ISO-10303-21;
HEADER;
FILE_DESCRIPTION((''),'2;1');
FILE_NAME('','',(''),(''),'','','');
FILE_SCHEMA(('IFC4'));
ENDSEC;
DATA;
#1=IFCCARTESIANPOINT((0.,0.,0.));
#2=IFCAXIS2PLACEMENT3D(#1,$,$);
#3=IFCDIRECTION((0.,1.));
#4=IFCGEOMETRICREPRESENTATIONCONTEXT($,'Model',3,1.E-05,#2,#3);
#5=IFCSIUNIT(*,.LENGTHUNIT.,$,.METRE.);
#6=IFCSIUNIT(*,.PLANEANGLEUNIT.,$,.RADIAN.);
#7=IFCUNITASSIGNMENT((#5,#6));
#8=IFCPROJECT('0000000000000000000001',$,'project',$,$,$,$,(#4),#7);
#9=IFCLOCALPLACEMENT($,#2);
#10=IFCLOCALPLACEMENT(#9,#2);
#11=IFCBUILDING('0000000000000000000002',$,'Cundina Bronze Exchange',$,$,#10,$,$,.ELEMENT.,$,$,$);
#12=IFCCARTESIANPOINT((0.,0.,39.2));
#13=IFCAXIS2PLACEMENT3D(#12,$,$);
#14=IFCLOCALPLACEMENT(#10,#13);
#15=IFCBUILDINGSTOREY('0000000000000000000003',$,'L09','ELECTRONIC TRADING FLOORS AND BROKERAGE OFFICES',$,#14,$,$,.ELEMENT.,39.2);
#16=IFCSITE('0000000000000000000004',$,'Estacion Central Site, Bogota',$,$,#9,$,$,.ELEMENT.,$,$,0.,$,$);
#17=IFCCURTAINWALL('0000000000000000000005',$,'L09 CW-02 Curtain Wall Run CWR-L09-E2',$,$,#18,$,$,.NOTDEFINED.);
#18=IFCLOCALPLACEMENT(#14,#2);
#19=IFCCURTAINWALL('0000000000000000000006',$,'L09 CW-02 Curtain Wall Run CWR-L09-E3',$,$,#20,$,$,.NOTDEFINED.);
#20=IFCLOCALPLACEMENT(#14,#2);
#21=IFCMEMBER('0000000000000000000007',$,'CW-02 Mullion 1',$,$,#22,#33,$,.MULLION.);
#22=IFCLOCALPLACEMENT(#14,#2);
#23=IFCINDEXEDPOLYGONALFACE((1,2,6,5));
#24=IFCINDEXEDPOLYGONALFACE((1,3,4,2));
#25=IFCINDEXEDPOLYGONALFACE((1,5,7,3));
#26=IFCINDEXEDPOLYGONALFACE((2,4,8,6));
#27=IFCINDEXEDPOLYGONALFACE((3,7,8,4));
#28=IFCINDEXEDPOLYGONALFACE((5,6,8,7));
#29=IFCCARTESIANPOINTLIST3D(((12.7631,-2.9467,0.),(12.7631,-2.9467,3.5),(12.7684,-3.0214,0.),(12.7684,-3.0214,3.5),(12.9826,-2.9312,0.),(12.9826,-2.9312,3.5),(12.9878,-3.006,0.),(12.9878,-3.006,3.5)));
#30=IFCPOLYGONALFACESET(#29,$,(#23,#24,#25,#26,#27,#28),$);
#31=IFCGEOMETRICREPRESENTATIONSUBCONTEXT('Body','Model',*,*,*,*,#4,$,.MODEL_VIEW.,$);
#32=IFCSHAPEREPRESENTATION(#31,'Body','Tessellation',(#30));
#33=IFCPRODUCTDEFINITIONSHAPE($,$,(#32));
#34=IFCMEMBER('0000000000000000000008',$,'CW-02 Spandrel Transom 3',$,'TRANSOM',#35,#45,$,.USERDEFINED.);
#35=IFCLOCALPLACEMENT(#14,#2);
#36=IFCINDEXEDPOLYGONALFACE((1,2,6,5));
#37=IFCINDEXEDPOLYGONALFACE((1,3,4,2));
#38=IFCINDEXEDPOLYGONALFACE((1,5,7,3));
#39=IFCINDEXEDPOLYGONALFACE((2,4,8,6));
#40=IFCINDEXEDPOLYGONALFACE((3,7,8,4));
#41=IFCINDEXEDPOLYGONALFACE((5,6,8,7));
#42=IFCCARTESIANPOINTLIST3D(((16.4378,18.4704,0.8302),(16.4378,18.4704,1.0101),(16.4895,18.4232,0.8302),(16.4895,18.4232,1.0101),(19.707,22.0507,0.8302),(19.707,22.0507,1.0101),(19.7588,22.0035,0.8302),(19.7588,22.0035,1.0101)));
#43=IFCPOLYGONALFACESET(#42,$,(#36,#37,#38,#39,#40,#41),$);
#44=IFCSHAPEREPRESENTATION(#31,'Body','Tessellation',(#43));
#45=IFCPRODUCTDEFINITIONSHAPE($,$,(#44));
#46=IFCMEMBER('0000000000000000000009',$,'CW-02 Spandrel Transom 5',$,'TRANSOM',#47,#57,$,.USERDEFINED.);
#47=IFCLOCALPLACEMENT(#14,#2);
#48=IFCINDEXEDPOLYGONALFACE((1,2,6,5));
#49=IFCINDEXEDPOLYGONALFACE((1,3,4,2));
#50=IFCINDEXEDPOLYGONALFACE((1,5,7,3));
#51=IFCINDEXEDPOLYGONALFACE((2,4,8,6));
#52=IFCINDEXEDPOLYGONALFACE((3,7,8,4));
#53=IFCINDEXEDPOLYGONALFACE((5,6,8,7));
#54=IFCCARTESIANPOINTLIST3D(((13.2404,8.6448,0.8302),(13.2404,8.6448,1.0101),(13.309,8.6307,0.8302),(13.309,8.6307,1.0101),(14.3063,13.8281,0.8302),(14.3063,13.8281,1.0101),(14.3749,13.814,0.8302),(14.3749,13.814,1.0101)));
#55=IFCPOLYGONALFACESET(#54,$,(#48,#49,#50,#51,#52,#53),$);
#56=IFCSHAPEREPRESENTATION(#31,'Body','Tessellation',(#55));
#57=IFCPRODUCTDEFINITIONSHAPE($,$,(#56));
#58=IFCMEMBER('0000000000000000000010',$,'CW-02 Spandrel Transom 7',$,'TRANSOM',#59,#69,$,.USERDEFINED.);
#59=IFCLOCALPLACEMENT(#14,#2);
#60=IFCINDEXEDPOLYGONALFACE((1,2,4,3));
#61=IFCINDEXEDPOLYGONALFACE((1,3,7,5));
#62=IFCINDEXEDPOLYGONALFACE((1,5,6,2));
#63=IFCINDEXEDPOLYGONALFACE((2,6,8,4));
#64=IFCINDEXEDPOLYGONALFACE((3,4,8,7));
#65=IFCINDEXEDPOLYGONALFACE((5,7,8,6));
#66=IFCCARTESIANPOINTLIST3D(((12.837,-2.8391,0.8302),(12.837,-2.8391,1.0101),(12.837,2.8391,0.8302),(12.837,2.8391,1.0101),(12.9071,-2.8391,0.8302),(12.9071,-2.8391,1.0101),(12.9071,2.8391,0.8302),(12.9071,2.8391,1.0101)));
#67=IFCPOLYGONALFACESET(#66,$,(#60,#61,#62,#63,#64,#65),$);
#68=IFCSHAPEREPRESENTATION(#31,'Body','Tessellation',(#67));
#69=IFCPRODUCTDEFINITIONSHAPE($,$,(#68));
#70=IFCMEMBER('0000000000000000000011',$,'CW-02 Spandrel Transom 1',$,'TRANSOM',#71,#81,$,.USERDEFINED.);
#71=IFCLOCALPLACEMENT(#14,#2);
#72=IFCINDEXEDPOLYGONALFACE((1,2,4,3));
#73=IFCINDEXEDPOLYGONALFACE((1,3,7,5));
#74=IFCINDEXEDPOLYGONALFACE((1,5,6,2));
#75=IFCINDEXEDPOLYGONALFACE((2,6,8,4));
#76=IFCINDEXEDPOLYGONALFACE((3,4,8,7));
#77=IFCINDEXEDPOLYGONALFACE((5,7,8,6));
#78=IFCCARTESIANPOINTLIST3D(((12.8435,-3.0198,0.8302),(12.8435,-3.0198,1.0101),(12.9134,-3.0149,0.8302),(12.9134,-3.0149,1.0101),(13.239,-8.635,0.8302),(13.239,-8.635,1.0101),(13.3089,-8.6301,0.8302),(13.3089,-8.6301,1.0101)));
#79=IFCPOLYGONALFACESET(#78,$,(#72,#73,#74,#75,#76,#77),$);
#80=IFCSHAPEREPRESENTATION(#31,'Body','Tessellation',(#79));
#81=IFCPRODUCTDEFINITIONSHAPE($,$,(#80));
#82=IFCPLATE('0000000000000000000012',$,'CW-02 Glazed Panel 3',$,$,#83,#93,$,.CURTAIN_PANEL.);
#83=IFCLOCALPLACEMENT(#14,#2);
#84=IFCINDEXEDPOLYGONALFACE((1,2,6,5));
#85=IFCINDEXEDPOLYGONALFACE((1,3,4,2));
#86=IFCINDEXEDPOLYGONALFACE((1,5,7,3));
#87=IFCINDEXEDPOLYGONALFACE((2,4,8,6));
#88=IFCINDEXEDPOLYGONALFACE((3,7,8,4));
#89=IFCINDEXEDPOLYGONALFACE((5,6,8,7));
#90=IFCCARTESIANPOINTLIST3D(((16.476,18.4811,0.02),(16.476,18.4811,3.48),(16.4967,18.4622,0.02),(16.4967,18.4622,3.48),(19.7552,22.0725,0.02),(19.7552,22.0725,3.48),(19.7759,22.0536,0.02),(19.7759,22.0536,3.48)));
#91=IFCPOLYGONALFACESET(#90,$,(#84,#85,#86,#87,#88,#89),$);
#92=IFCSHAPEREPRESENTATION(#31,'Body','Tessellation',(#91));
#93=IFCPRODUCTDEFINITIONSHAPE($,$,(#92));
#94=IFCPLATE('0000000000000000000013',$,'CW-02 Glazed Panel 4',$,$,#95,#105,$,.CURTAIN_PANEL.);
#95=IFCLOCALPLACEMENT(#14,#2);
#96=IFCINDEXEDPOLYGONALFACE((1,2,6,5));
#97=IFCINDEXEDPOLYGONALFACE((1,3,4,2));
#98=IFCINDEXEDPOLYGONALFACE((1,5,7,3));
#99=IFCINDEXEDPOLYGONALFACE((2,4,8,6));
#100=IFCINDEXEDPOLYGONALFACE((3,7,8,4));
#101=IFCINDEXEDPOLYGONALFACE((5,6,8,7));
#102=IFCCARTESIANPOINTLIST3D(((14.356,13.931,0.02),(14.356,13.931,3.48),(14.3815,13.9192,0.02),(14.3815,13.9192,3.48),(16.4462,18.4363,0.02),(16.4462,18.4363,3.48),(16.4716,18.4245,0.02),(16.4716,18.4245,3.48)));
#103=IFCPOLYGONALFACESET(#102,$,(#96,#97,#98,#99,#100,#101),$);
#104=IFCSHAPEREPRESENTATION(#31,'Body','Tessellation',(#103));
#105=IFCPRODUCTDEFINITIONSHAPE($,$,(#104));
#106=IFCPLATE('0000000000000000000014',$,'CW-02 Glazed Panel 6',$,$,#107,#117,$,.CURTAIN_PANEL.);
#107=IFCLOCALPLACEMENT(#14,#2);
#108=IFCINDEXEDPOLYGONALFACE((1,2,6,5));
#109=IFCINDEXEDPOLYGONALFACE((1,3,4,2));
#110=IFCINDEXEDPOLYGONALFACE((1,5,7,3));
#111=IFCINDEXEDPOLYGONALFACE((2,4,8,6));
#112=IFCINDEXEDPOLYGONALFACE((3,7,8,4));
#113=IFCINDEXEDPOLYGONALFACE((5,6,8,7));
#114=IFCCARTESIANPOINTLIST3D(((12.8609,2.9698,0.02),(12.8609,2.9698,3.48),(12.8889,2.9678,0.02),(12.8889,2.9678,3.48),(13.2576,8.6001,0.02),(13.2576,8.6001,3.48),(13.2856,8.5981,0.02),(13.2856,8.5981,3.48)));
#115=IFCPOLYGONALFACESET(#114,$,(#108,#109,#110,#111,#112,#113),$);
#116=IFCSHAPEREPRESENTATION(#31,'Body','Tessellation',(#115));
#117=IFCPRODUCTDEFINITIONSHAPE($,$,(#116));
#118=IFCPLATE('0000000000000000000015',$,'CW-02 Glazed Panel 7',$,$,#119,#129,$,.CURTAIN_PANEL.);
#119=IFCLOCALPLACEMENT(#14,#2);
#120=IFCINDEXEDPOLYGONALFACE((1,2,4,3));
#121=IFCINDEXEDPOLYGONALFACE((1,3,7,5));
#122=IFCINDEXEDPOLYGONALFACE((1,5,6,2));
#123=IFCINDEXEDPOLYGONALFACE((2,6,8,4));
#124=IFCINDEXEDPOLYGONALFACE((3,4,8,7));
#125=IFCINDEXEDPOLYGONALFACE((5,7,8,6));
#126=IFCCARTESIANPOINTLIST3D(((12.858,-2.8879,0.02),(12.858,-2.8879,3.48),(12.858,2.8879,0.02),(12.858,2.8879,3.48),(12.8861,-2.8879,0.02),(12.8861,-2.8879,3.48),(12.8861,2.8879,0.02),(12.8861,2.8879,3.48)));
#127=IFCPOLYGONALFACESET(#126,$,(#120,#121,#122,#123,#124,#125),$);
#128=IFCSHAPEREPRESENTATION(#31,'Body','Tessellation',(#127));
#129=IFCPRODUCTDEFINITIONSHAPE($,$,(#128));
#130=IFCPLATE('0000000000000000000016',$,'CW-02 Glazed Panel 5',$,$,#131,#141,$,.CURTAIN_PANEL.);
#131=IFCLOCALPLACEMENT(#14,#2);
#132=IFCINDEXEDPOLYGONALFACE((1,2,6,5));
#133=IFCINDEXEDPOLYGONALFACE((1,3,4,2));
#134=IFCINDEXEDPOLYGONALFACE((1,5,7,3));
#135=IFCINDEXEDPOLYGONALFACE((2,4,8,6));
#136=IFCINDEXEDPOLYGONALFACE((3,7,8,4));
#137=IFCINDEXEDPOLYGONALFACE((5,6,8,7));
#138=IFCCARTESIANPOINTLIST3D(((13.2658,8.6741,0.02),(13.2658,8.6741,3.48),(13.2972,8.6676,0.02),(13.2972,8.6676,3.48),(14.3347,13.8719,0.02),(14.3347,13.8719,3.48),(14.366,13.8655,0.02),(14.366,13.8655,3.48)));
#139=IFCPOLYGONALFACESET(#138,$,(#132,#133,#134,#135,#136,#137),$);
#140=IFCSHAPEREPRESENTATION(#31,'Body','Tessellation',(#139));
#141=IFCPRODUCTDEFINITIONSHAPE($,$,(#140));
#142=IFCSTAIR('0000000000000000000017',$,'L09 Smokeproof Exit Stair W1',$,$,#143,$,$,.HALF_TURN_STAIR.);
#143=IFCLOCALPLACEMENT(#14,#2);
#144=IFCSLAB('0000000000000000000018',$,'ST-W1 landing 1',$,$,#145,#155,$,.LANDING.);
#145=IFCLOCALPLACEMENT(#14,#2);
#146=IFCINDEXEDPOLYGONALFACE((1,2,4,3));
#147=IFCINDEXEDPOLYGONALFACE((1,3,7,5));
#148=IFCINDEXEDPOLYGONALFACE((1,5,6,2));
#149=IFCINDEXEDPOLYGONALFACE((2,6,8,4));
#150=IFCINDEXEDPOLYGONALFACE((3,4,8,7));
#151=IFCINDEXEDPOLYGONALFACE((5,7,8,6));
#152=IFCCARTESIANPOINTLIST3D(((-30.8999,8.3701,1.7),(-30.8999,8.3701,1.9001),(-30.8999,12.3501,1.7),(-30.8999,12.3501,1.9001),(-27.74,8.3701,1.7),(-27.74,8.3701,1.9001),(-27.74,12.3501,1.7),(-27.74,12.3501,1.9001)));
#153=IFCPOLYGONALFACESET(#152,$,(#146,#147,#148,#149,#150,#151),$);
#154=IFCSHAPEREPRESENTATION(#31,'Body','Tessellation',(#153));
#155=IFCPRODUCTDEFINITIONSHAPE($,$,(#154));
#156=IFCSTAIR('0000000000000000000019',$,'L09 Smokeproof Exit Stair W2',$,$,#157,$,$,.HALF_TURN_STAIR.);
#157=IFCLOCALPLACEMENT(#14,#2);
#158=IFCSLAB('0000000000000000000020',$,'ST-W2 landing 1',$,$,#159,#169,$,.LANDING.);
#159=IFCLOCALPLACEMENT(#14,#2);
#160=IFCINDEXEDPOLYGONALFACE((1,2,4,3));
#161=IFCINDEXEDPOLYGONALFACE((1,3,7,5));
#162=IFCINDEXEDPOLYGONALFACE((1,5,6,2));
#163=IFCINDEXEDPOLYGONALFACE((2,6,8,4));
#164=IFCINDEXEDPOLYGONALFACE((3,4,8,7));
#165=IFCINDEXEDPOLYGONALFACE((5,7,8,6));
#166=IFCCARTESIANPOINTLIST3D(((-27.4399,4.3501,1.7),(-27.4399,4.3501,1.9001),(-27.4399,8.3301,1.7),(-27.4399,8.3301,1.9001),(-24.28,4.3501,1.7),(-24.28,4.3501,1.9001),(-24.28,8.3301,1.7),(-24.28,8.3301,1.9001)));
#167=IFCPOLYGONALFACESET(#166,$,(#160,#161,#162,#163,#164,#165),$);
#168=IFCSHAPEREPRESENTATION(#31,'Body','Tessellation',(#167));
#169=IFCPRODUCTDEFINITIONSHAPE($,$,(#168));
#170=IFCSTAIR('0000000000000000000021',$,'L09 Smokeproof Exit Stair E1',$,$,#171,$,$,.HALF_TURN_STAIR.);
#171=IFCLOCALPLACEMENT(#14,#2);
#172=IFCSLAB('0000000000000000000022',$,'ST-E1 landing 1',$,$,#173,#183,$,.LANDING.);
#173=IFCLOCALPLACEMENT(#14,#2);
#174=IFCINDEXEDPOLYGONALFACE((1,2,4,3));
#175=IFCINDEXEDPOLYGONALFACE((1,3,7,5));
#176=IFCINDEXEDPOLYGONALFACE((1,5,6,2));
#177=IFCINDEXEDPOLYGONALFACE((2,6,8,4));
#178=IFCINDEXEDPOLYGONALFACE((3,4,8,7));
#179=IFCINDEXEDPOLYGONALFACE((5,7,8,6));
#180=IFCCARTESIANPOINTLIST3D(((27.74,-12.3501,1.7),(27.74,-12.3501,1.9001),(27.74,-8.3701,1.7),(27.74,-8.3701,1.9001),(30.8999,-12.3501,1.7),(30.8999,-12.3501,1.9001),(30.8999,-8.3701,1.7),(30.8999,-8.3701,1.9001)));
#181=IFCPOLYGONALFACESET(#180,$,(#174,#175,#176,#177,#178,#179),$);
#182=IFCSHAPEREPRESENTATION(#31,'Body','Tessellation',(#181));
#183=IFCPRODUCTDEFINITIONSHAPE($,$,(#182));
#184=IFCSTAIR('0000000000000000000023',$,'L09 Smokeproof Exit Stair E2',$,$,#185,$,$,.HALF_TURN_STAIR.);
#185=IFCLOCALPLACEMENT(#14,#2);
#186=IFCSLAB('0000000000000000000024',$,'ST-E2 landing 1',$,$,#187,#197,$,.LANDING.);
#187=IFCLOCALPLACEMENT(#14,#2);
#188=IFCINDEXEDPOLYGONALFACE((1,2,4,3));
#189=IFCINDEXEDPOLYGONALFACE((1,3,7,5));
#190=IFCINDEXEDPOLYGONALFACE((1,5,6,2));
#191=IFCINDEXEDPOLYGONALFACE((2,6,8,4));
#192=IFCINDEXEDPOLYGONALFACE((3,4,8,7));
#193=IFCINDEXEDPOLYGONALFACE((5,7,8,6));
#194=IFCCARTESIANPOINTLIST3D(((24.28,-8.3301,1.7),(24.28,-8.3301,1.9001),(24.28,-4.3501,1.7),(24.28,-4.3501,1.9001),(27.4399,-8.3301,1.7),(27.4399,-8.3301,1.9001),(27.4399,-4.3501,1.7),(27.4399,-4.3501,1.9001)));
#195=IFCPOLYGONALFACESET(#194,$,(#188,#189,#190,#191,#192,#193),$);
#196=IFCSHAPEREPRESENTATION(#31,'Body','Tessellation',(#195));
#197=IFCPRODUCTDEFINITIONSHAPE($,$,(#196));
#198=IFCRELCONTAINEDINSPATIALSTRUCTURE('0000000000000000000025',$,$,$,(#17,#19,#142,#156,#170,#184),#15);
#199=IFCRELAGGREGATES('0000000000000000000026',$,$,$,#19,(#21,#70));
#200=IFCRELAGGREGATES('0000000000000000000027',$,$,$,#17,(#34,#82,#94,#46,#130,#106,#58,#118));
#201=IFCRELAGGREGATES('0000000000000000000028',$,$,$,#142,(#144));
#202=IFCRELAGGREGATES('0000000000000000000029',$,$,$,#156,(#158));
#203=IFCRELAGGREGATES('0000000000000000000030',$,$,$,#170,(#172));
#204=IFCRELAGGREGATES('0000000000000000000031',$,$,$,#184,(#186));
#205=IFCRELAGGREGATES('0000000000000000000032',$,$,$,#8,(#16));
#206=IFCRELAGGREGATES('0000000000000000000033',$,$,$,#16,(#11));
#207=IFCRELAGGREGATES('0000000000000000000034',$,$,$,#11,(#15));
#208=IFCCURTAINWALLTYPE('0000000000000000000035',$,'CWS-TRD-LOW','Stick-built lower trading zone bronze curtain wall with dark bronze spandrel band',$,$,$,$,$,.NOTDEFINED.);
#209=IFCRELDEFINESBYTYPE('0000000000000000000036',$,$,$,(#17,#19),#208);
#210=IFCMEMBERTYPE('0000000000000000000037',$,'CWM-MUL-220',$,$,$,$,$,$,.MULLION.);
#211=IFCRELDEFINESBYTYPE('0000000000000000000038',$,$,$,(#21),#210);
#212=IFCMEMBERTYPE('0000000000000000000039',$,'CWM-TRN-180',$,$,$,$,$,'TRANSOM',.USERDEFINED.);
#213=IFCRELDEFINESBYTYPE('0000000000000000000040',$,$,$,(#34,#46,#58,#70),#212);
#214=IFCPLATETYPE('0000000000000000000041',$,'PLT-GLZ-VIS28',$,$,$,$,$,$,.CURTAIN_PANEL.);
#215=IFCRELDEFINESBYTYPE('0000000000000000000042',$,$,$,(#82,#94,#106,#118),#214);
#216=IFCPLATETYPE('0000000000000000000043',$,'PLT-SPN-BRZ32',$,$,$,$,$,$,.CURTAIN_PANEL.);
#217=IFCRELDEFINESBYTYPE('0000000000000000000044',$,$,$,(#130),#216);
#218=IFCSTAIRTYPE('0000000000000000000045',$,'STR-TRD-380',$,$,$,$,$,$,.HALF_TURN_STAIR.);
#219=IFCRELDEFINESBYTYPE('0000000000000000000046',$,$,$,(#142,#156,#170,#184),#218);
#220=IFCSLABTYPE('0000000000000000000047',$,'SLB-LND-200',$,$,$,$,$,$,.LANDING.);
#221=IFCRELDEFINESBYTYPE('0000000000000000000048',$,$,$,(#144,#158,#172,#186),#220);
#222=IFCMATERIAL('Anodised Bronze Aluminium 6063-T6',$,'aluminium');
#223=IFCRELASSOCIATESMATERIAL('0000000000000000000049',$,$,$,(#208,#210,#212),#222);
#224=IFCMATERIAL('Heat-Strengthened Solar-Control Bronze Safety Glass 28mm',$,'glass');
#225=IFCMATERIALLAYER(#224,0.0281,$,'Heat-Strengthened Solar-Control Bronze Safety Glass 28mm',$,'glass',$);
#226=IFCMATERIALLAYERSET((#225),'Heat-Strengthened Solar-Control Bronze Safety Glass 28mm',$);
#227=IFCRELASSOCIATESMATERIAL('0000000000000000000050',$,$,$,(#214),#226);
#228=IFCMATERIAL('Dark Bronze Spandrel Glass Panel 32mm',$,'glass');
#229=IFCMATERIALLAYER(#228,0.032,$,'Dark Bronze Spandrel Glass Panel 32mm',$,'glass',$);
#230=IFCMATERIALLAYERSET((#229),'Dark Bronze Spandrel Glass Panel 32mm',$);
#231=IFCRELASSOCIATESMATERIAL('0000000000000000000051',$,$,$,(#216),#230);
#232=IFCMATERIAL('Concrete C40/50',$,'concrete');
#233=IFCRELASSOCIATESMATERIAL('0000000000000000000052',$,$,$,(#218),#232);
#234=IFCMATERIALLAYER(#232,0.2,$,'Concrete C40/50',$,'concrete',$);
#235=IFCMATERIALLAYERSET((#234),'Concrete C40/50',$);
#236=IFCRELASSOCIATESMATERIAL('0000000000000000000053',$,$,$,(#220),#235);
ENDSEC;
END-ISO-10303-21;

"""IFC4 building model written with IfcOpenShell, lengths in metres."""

from ifc_helpers import new_model, si_unit, direction, frame, origin, origin_2d, place, context, subcontext, project, spatial, polyline, rectangle, outline, extrude, material, layer, layer_set, material_profile, profile_set, type_object, element, aggregate, save


model = new_model("IFC4")

# Units and contexts
model_context = context("Model", 3, precision=1e-05, world=origin(), true_north=direction((0.0, 1.0)))
body_context = subcontext(model_context, "Body", "Model", "MODEL_VIEW")
ifc_project = project(units=[si_unit("LENGTHUNIT", "METRE"), si_unit("PLANEANGLEUNIT", "RADIAN")], contexts=[model_context])

# Site, building, storey
site_placement = place(None, origin())
site = spatial("IfcSite", under=ifc_project, at=site_placement, Name="Estacion Central Site, Bogota", CompositionType="ELEMENT", RefElevation=0.0)
building_placement = place(site_placement, origin())
building = spatial("IfcBuilding", under=site, at=building_placement, Name="Cundina Bronze Exchange", CompositionType="ELEMENT")
storey_placement = place(building_placement, frame((0.0, 0.0, 39.2)))
storey = spatial("IfcBuildingStorey", under=building, at=storey_placement, Name="L09", Description="ELECTRONIC TRADING FLOORS AND BROKERAGE OFFICES", CompositionType="ELEMENT", Elevation=39.2)

# Curtain wall
ifc_material_1 = material(Name="Anodised Bronze Aluminium 6063-T6", Category="aluminium")
curtain_wall_type = type_object("IfcCurtainWallType", Name="CWS-TRD-LOW", Description="Stick-built lower trading zone bronze curtain wall with dark bronze spandrel band", PredefinedType="NOTDEFINED", material=ifc_material_1)
curtain_wall_1_placement = place(storey_placement, origin())
curtain_wall_1 = element("IfcCurtainWall", 1, at=curtain_wall_1_placement, inside=storey, type_object=curtain_wall_type, Name="L09 CW-02 Curtain Wall Run CWR-L09-E2", PredefinedType="NOTDEFINED")
ifc_material_profile_1 = material_profile(ifc_material_1, rectangle(XDim=0.075, YDim=0.22, at=origin_2d()), Name="AL75X220", Category="aluminium")
ifc_profile_set_1 = profile_set([ifc_material_profile_1], Name="Anodised Bronze Aluminium 6063-T6")
member_type_1 = type_object("IfcMemberType", Name="CWM-MUL-220", PredefinedType="MULLION", material=ifc_profile_set_1)

# Curtain wall, member
curtain_wall_2_placement = place(storey_placement, origin())
curtain_wall_2 = element("IfcCurtainWall", 2, at=curtain_wall_2_placement, inside=storey, type_object=curtain_wall_type, Name="L09 CW-02 Curtain Wall Run CWR-L09-E3", PredefinedType="NOTDEFINED")
member_1_placement = place(storey_placement, frame((12.8755, -2.9763, 0.0), z_axis=(0.0, 0.0, 1.0), x_axis=(0.070279, -0.997527, 0.0)))
member_1 = element("IfcMember", 3, at=member_1_placement, type_object=member_type_1, Name="CW-02 Mullion 1", PredefinedType="MULLION", context=body_context, shape_type="SweptSolid", body=[
    extrude(rectangle(XDim=0.075, YDim=0.22, at=origin_2d()), origin(), (0.0, 0.0, 1.0), 3.5),
])

# Members
ifc_material_profile_2 = material_profile(ifc_material_1, rectangle(XDim=0.0701, YDim=0.1799, at=origin_2d()), Name="AL70X180", Category="aluminium")
ifc_profile_set_2 = profile_set([ifc_material_profile_2], Name="Anodised Bronze Aluminium 6063-T6")
member_type_2 = type_object("IfcMemberType", Name="CWM-TRN-180", ElementType="TRANSOM", PredefinedType="USERDEFINED", material=ifc_profile_set_2)
member_2_placement = place(storey_placement, frame((19.7329, 22.0271, 0.9202), z_axis=(-0.674303, -0.738455, 0.0), x_axis=(0.738455, -0.674303, 0.0)))
member_2 = element("IfcMember", 4, at=member_2_placement, type_object=member_type_2, Name="CW-02 Spandrel Transom 3", ObjectType="TRANSOM", PredefinedType="USERDEFINED", context=body_context, shape_type="SweptSolid", body=[
    extrude(rectangle(XDim=0.0701, YDim=0.1799, at=origin_2d()), origin(), (0.0, 0.0, 1.0), 4.8484),
])
member_3_placement = place(storey_placement, frame((14.3406, 13.821, 0.9202), z_axis=(-0.201428, -0.979503, 0.0), x_axis=(0.979503, -0.201428, 0.0)))
member_3 = element("IfcMember", 5, at=member_3_placement, type_object=member_type_2, Name="CW-02 Spandrel Transom 5", ObjectType="TRANSOM", PredefinedType="USERDEFINED", context=body_context, shape_type="SweptSolid", body=[
    extrude(rectangle(XDim=0.0701, YDim=0.1799, at=origin_2d()), origin(), (0.0, 0.0, 1.0), 5.2917),
])
member_4_placement = place(storey_placement, frame((12.8721, 2.8391, 0.9202), z_axis=(0.0, -1.0, 0.0), x_axis=(1.0, 0.0, 0.0)))
member_4 = element("IfcMember", 6, at=member_4_placement, type_object=member_type_2, Name="CW-02 Spandrel Transom 7", ObjectType="TRANSOM", PredefinedType="USERDEFINED", context=body_context, shape_type="SweptSolid", body=[
    extrude(rectangle(XDim=0.0701, YDim=0.1799, at=origin_2d()), origin(), (0.0, 0.0, 1.0), 5.6782),
])
member_5_placement = place(storey_placement, frame((12.8784, -3.0173, 0.9202), z_axis=(0.070261, -0.997529, 0.0), x_axis=(0.997529, 0.070261, 0.0)))
member_5 = element("IfcMember", 7, at=member_5_placement, type_object=member_type_2, Name="CW-02 Spandrel Transom 1", ObjectType="TRANSOM", PredefinedType="USERDEFINED", context=body_context, shape_type="SweptSolid", body=[
    extrude(rectangle(XDim=0.0701, YDim=0.1799, at=origin_2d()), origin(), (0.0, 0.0, 1.0), 5.6292),
])
aggregate(curtain_wall_2, [member_1, member_5])

# Plates
ifc_material_2 = material(Name="Heat-Strengthened Solar-Control Bronze Safety Glass 28mm", Category="glass")
ifc_layer_1 = layer(ifc_material_2, 0.0281, Name="Heat-Strengthened Solar-Control Bronze Safety Glass 28mm", Category="glass")
ifc_layer_set_1 = layer_set([ifc_layer_1], Name="Heat-Strengthened Solar-Control Bronze Safety Glass 28mm")
plate_type_1 = type_object("IfcPlateType", Name="PLT-GLZ-VIS28", PredefinedType="CURTAIN_PANEL", material=ifc_layer_set_1)
plate_1_placement = place(storey_placement, frame((18.126, 20.2673, 0.02), z_axis=(0.0, 0.0, 1.0), x_axis=(-0.674277, -0.738479, 0.0)))
plate_1 = element("IfcPlate", 8, at=plate_1_placement, type_object=plate_type_1, Name="CW-02 Glazed Panel 3", PredefinedType="CURTAIN_PANEL", context=body_context, shape_type="SweptSolid", body=[
    extrude(rectangle(XDim=4.8633, YDim=0.0281, at=origin_2d()), origin(), (0.0, 0.0, 1.0), 3.46),
])
plate_2_placement = place(storey_placement, frame((15.4138, 16.1777, 0.02), z_axis=(0.0, 0.0, 1.0), x_axis=(-0.420846, -0.907132, 0.0)))
plate_2 = element("IfcPlate", 9, at=plate_2_placement, type_object=plate_type_1, Name="CW-02 Glazed Panel 4", PredefinedType="CURTAIN_PANEL", context=body_context, shape_type="SweptSolid", body=[
    extrude(rectangle(XDim=4.9666, YDim=0.0281, at=origin_2d()), origin(), (0.0, 0.0, 1.0), 3.46),
])
plate_3_placement = place(storey_placement, frame((13.0732, 5.7839, 0.02), z_axis=(0.0, 0.0, 1.0), x_axis=(-0.070279, -0.997527, 0.0)))
plate_3 = element("IfcPlate", 10, at=plate_3_placement, type_object=plate_type_1, Name="CW-02 Glazed Panel 6", PredefinedType="CURTAIN_PANEL", context=body_context, shape_type="SweptSolid", body=[
    extrude(rectangle(XDim=5.6443, YDim=0.0281, at=origin_2d()), origin(), (0.0, 0.0, 1.0), 3.46),
])
plate_4_placement = place(storey_placement, frame((12.8721, 0.0, 0.02), z_axis=(0.0, 0.0, 1.0), x_axis=(0.0, -1.0, 0.0)))
plate_4 = element("IfcPlate", 11, at=plate_4_placement, type_object=plate_type_1, Name="CW-02 Glazed Panel 7", PredefinedType="CURTAIN_PANEL", context=body_context, shape_type="SweptSolid", body=[
    extrude(rectangle(XDim=5.7759, YDim=0.0281, at=origin_2d()), origin(), (0.0, 0.0, 1.0), 3.46),
])
ifc_material_3 = material(Name="Dark Bronze Spandrel Glass Panel 32mm", Category="glass")
ifc_layer_2 = layer(ifc_material_3, 0.032, Name="Dark Bronze Spandrel Glass Panel 32mm", Category="glass")
ifc_layer_set_2 = layer_set([ifc_layer_2], Name="Dark Bronze Spandrel Glass Panel 32mm")
plate_type_2 = type_object("IfcPlateType", Name="PLT-SPN-BRZ32", PredefinedType="CURTAIN_PANEL", material=ifc_layer_set_2)
plate_5_placement = place(storey_placement, frame((13.8159, 11.2698, 0.02), z_axis=(0.0, 0.0, 1.0), x_axis=(-0.20142, -0.979505, 0.0)))
plate_5 = element("IfcPlate", 12, at=plate_5_placement, type_object=plate_type_2, Name="CW-02 Glazed Panel 5", PredefinedType="CURTAIN_PANEL", context=body_context, shape_type="SweptSolid", body=[
    extrude(rectangle(XDim=5.3066, YDim=0.032, at=origin_2d()), origin(), (0.0, 0.0, 1.0), 3.46),
])
aggregate(curtain_wall_1, [member_2, plate_1, plate_2, member_3, plate_5, plate_3, member_4, plate_4])

# Stairs, slabs
ifc_material_4 = material(Name="Concrete C40/50", Category="concrete")
stair_type = type_object("IfcStairType", Name="STR-TRD-380", PredefinedType="HALF_TURN_STAIR", material=ifc_material_4)
stair_1_placement = place(storey_placement, origin())
stair_1 = element("IfcStair", 13, at=stair_1_placement, inside=storey, type_object=stair_type, Name="L09 Smokeproof Exit Stair W1", PredefinedType="HALF_TURN_STAIR")
ifc_layer_3 = layer(ifc_material_4, 0.2, Name="Concrete C40/50", Category="concrete")
ifc_layer_set_3 = layer_set([ifc_layer_3], Name="Concrete C40/50")
slab_type = type_object("IfcSlabType", Name="SLB-LND-200", PredefinedType="LANDING", material=ifc_layer_set_3)
slab_1_placement = place(storey_placement, frame((0.0, 0.0, 1.7)))
slab_1 = element("IfcSlab", 14, at=slab_1_placement, type_object=slab_type, Name="ST-W1 landing 1", PredefinedType="LANDING", context=body_context, shape_type="SweptSolid", body=[
    extrude(outline(polyline([(-27.74, 8.3701), (-27.74, 12.3501), (-30.8999, 12.3501), (-30.8999, 8.3701), (-27.74, 8.3701)])), origin(), (0.0, 0.0, 1.0), 0.2002),
])
aggregate(stair_1, [slab_1])
stair_2_placement = place(storey_placement, origin())
stair_2 = element("IfcStair", 15, at=stair_2_placement, inside=storey, type_object=stair_type, Name="L09 Smokeproof Exit Stair W2", PredefinedType="HALF_TURN_STAIR")
slab_2_placement = place(storey_placement, frame((0.0, 0.0, 1.7)))
slab_2 = element("IfcSlab", 16, at=slab_2_placement, type_object=slab_type, Name="ST-W2 landing 1", PredefinedType="LANDING", context=body_context, shape_type="SweptSolid", body=[
    extrude(outline(polyline([(-27.4399, 8.3301), (-27.4399, 4.3501), (-24.28, 4.3501), (-24.28, 8.3301), (-27.4399, 8.3301)])), origin(), (0.0, 0.0, 1.0), 0.2002),
])
aggregate(stair_2, [slab_2])
stair_3_placement = place(storey_placement, origin())
stair_3 = element("IfcStair", 17, at=stair_3_placement, inside=storey, type_object=stair_type, Name="L09 Smokeproof Exit Stair E1", PredefinedType="HALF_TURN_STAIR")
slab_3_placement = place(storey_placement, frame((0.0, 0.0, 1.7)))
slab_3 = element("IfcSlab", 18, at=slab_3_placement, type_object=slab_type, Name="ST-E1 landing 1", PredefinedType="LANDING", context=body_context, shape_type="SweptSolid", body=[
    extrude(outline(polyline([(27.74, -8.3701), (27.74, -12.3501), (30.8999, -12.3501), (30.8999, -8.3701), (27.74, -8.3701)])), origin(), (0.0, 0.0, 1.0), 0.2002),
])
aggregate(stair_3, [slab_3])
stair_4_placement = place(storey_placement, origin())
stair_4 = element("IfcStair", 19, at=stair_4_placement, inside=storey, type_object=stair_type, Name="L09 Smokeproof Exit Stair E2", PredefinedType="HALF_TURN_STAIR")
slab_4_placement = place(storey_placement, frame((0.0, 0.0, 1.7)))
slab_4 = element("IfcSlab", 20, at=slab_4_placement, type_object=slab_type, Name="ST-E2 landing 1", PredefinedType="LANDING", context=body_context, shape_type="SweptSolid", body=[
    extrude(outline(polyline([(27.4399, -8.3301), (27.4399, -4.3501), (24.28, -4.3501), (24.28, -8.3301), (27.4399, -8.3301)])), origin(), (0.0, 0.0, 1.0), 0.2002),
])
aggregate(stair_4, [slab_4])

save(model, "model.ifc")
